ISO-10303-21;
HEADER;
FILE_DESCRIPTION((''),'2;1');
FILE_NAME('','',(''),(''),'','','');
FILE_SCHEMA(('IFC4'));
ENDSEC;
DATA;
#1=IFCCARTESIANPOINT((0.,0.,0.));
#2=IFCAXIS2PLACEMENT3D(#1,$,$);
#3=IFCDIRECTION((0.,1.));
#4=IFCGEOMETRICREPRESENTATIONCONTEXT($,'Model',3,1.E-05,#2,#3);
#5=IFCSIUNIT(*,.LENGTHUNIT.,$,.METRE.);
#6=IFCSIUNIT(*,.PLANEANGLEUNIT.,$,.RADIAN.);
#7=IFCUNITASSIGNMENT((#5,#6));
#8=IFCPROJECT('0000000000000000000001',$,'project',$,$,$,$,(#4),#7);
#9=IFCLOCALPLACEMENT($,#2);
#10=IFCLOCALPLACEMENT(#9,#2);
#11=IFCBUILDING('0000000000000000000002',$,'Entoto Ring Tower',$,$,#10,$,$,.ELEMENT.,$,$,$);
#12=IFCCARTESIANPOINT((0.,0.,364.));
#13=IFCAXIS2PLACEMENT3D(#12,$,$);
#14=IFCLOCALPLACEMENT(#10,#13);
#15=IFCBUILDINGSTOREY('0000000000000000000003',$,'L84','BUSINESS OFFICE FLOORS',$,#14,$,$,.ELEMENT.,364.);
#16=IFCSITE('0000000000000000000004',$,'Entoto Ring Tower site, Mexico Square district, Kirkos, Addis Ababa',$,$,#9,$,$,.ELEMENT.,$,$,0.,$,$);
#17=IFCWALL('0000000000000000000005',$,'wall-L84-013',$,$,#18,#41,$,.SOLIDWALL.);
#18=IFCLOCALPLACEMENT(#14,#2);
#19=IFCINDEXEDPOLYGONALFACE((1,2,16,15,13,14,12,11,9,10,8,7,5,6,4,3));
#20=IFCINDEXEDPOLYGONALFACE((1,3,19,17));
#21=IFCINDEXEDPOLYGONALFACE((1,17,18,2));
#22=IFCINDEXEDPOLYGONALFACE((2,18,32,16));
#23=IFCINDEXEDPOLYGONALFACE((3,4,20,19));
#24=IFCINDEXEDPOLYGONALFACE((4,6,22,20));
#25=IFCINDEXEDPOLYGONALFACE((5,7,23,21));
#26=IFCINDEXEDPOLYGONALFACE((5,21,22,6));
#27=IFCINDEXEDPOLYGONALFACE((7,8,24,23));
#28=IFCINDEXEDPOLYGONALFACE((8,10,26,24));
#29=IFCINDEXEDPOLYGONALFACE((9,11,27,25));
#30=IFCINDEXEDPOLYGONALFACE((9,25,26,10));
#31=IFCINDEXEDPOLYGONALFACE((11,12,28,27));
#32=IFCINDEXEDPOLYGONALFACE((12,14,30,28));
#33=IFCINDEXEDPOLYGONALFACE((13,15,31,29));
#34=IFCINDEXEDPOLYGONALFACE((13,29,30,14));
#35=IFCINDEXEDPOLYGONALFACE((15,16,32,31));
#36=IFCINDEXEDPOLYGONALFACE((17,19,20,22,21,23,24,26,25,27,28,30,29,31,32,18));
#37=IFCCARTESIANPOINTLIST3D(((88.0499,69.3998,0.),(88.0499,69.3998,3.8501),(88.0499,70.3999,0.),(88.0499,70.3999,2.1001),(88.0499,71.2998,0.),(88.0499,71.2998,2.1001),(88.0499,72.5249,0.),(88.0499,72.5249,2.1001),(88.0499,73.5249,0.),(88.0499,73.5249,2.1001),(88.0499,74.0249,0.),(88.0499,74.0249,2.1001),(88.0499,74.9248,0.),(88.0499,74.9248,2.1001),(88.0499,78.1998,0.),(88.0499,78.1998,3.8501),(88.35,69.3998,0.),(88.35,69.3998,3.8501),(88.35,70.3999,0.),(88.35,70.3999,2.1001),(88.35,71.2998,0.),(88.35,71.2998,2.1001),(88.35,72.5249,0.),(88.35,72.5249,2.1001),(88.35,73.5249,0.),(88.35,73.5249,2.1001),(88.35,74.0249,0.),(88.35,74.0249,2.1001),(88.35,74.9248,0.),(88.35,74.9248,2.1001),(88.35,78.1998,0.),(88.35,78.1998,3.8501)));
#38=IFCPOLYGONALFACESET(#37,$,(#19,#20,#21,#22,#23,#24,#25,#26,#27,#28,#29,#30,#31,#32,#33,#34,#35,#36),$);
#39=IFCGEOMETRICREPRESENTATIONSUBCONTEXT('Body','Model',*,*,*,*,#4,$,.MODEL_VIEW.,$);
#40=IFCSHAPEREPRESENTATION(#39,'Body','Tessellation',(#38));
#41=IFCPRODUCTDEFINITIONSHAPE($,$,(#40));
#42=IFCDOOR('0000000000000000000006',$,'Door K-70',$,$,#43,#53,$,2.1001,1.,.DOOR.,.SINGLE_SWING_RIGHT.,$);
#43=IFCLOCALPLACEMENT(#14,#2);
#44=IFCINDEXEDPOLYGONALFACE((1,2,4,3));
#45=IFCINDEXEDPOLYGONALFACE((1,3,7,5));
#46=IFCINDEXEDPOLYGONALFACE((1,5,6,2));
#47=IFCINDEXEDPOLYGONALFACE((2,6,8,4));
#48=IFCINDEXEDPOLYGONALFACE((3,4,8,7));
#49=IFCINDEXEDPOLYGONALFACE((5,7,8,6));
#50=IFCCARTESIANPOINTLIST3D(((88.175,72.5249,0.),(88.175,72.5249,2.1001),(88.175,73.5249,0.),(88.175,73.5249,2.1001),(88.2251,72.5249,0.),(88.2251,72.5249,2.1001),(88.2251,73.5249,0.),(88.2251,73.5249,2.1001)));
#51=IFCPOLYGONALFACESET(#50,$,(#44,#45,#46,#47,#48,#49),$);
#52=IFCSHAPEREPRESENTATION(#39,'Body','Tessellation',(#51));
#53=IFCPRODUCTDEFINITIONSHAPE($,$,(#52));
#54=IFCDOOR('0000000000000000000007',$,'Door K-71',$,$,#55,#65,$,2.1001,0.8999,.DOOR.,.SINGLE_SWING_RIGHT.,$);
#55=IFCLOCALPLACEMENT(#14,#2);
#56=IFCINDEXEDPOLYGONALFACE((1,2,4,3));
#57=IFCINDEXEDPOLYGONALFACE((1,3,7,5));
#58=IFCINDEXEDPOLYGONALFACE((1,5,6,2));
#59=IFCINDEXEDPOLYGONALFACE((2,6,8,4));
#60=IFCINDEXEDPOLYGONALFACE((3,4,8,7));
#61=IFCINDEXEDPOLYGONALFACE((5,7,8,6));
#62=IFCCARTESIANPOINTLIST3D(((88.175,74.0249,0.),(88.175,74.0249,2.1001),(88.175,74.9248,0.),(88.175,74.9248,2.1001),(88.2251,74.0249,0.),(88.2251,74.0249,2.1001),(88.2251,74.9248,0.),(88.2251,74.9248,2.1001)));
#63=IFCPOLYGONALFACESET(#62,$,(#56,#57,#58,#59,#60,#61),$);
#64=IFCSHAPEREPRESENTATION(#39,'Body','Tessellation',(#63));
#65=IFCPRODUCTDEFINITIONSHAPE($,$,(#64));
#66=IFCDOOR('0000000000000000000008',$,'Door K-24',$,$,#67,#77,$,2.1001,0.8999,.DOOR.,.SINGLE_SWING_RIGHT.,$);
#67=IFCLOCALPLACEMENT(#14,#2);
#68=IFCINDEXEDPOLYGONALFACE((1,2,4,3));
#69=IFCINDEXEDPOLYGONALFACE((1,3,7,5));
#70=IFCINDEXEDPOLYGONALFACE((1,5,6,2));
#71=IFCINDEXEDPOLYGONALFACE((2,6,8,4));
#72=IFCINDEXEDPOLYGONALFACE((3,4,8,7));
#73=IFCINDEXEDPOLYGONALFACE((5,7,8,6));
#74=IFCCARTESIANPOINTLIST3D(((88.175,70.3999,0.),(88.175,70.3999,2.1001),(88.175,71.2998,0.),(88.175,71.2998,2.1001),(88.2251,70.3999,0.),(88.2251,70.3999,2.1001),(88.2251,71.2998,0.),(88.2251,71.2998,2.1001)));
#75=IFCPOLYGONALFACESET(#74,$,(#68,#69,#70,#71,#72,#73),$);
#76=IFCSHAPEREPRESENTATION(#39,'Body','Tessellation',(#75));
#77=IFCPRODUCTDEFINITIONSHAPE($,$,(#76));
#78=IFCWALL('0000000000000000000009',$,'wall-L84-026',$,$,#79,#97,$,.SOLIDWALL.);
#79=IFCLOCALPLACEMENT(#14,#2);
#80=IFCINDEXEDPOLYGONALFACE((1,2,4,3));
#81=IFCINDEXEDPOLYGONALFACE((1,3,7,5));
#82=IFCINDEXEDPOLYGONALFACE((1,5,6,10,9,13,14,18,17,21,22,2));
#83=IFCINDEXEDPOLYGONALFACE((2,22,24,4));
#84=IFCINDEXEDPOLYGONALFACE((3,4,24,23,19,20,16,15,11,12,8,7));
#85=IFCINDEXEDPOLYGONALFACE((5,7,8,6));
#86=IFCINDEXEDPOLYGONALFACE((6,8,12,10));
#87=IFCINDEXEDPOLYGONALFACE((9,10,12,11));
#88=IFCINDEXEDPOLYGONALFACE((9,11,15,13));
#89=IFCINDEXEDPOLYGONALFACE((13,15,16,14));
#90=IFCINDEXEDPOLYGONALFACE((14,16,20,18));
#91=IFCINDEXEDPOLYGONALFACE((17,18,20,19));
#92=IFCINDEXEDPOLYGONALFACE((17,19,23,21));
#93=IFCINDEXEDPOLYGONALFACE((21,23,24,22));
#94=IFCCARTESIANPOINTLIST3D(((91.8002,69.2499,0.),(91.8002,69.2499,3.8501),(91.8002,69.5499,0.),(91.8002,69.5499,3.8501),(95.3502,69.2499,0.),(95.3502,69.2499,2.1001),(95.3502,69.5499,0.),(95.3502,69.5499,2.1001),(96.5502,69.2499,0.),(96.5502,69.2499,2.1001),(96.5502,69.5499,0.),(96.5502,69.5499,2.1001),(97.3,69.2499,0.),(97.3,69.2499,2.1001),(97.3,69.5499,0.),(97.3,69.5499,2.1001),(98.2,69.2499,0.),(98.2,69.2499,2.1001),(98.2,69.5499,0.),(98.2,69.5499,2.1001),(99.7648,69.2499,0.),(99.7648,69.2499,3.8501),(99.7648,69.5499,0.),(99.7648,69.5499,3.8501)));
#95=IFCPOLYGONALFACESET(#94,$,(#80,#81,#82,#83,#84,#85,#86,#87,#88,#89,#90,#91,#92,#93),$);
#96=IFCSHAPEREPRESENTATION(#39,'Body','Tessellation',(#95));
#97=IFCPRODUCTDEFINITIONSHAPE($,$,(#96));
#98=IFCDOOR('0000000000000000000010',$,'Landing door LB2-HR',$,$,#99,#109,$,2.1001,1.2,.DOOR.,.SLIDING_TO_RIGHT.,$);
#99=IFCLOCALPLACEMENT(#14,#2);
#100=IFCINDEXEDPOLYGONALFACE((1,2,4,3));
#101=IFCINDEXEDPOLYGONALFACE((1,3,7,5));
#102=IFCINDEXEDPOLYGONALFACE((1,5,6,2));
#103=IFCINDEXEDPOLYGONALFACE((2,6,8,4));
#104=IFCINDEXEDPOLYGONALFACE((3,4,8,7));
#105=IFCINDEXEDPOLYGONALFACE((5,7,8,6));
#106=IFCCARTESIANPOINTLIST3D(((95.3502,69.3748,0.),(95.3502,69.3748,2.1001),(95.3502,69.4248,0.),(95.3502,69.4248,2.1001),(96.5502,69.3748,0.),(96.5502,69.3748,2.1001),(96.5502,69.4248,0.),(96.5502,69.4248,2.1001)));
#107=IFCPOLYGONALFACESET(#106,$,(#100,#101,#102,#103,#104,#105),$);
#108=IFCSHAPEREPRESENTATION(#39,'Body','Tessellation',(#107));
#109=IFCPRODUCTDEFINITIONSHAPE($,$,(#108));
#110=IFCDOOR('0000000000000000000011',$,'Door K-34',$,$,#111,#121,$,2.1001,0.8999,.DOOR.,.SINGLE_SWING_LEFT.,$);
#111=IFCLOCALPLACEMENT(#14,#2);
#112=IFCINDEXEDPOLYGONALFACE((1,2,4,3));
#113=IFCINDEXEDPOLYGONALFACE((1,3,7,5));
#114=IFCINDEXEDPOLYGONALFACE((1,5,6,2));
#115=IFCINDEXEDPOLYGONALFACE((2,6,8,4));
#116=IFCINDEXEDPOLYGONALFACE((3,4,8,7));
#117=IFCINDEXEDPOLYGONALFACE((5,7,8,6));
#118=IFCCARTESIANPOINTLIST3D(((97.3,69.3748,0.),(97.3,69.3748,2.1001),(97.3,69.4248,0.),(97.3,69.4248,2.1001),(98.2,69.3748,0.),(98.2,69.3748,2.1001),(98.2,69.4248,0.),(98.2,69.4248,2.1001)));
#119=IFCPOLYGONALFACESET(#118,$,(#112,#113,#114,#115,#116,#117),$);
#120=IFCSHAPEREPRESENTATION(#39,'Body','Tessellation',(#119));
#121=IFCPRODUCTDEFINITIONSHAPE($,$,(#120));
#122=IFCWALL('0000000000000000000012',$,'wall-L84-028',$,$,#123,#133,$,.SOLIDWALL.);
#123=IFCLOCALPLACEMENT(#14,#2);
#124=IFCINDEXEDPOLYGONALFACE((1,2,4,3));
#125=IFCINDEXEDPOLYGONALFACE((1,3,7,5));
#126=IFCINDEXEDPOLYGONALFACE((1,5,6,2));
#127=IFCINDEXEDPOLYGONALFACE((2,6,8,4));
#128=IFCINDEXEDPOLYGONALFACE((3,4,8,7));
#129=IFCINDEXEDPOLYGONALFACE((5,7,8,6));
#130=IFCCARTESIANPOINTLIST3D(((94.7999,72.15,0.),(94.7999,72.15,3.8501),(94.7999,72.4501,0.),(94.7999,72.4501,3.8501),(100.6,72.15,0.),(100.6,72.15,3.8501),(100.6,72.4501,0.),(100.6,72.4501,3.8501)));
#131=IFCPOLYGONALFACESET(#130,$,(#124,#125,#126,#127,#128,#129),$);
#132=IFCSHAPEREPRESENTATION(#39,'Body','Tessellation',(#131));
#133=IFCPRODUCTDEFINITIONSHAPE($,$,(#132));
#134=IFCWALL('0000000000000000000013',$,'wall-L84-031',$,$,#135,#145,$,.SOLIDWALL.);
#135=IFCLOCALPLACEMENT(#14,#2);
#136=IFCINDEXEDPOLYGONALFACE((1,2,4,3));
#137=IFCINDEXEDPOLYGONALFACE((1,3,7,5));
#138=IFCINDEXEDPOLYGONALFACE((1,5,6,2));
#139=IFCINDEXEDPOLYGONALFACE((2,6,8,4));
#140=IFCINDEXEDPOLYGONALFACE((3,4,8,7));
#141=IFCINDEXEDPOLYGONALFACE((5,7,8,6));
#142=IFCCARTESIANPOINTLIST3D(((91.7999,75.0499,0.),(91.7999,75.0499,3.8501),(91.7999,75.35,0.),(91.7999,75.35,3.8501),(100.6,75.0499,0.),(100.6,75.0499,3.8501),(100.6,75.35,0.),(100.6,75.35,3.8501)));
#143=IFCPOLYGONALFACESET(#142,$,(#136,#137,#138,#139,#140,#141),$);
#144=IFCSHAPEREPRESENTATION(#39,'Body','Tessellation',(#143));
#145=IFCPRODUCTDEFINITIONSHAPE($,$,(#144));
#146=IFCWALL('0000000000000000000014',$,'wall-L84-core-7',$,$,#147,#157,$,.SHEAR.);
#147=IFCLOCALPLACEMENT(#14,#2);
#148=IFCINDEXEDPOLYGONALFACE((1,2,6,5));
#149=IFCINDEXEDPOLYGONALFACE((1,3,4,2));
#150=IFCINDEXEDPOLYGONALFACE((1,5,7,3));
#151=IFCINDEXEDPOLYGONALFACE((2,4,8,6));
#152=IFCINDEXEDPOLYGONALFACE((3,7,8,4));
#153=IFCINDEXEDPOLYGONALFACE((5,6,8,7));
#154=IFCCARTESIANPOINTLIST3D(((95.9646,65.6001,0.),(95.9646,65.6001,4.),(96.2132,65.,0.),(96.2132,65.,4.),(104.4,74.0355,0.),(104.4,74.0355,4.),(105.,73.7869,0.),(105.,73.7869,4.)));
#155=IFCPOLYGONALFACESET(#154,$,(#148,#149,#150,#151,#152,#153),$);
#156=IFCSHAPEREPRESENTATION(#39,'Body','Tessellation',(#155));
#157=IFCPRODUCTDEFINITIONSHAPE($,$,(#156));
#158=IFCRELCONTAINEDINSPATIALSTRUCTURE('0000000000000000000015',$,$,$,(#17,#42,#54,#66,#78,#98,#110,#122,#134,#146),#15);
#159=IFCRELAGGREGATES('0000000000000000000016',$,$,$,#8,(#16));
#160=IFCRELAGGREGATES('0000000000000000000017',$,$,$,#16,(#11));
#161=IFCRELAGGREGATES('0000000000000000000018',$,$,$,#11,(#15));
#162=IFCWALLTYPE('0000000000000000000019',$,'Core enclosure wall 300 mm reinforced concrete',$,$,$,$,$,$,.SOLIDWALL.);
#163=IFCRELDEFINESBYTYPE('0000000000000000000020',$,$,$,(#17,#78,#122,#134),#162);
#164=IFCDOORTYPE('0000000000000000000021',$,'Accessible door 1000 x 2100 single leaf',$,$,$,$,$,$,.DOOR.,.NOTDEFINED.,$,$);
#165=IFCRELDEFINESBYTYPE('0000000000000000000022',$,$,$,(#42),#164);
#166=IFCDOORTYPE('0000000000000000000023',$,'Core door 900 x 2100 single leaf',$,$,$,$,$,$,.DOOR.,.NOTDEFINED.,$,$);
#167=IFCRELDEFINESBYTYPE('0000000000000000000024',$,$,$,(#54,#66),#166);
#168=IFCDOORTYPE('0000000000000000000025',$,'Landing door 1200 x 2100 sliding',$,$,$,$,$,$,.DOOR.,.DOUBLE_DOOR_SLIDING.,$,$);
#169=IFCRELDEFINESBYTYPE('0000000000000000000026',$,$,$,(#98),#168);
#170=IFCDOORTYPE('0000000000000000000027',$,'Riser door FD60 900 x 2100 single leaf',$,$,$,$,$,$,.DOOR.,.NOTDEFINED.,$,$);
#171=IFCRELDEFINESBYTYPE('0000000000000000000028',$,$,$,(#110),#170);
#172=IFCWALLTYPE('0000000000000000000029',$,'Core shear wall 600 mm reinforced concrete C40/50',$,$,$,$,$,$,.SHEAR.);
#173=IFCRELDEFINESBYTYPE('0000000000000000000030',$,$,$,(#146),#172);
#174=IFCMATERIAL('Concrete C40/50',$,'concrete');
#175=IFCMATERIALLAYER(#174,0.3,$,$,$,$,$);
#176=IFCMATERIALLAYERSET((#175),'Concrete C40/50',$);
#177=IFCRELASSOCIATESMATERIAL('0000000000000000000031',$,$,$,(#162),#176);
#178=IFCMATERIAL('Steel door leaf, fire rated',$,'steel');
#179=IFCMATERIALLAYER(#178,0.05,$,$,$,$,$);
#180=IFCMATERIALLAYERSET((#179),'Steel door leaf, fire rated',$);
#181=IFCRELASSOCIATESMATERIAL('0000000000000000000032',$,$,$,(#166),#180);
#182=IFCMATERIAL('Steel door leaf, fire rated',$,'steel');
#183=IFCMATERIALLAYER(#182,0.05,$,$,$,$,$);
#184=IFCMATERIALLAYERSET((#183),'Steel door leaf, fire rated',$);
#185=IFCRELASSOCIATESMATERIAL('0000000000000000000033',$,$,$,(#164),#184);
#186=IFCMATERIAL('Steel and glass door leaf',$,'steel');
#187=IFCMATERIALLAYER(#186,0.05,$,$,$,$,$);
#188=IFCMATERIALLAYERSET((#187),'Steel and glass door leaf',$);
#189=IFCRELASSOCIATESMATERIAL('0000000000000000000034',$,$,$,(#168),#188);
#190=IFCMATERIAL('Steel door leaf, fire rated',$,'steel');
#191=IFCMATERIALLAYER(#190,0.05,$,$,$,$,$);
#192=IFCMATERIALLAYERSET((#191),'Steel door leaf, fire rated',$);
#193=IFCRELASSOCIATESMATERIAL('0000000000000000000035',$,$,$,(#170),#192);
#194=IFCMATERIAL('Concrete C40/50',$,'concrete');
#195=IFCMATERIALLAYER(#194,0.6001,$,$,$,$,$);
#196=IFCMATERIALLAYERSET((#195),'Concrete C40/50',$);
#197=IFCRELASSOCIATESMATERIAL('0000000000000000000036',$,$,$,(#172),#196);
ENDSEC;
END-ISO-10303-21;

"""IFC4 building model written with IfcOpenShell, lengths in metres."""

from ifc_helpers import new_model, si_unit, direction, frame, frame_2d, origin, place, context, subcontext, project, spatial, polyline, rectangle, outline, extrude, material, layer, layer_set, type_object, element, fill, save


model = new_model("IFC4")

# Units and contexts
model_context = context("Model", 3, precision=1e-05, world=origin(), true_north=direction((0.0, 1.0)))
body_context = subcontext(model_context, "Body", "Model", "MODEL_VIEW")
ifc_project = project(units=[si_unit("LENGTHUNIT", "METRE"), si_unit("PLANEANGLEUNIT", "RADIAN")], contexts=[model_context])

# Site, building, storey
site_placement = place(None, origin())
site = spatial("IfcSite", under=ifc_project, at=site_placement, Name="Entoto Ring Tower site, Mexico Square district, Kirkos, Addis Ababa", CompositionType="ELEMENT", RefElevation=0.0)
building_placement = place(site_placement, origin())
building = spatial("IfcBuilding", under=site, at=building_placement, Name="Entoto Ring Tower", CompositionType="ELEMENT")
storey_placement = place(building_placement, frame((0.0, 0.0, 364.0)))
storey = spatial("IfcBuildingStorey", under=building, at=storey_placement, Name="L84", Description="BUSINESS OFFICE FLOORS", CompositionType="ELEMENT", Elevation=364.0)

# Shared definitions
ifc_material_1 = material(Name="Concrete C40/50", Category="concrete")
ifc_layer_1 = layer(ifc_material_1, 0.3)
ifc_layer_set_1 = layer_set([ifc_layer_1], Name="Concrete C40/50")
wall_type_1 = type_object("IfcWallType", Name="Core enclosure wall 300 mm reinforced concrete", PredefinedType="SOLIDWALL", material=ifc_layer_set_1)

# Shared definitions
ifc_material_2 = material(Name="Steel door leaf, fire rated", Category="steel")
ifc_layer_2 = layer(ifc_material_2, 0.05)
ifc_layer_set_2 = layer_set([ifc_layer_2], Name="Steel door leaf, fire rated")
door_type_1 = type_object("IfcDoorType", Name="Core door 900 x 2100 single leaf", OperationType="NOTDEFINED", PredefinedType="DOOR", material=ifc_layer_set_2)

# Walls, openings, doors
wall_1_placement = place(storey_placement, frame((88.2, 69.3999, 0.0), z_axis=(0.0, 0.0, 1.0), x_axis=(0.0, 1.0, 0.0)))
wall_1 = element("IfcWall", 1, at=wall_1_placement, inside=storey, type_object=wall_type_1, Name="wall-L84-013", PredefinedType="SOLIDWALL", context=body_context, shape_type="SweptSolid", body=[
    extrude(rectangle(XDim=8.8, YDim=0.3, at=frame_2d((4.3999, 0.0))), origin(), (0.0, 0.0, 1.0), 3.8501),
])
opening_1_placement = place(wall_1_placement, frame((3.125, 0.0, 0.0)))
opening_1 = element("IfcOpeningElement", 2, at=opening_1_placement, cuts=wall_1, PredefinedType="OPENING", context=body_context, shape_type="SweptSolid", body=[
    extrude(rectangle(XDim=1.0, YDim=2.1001, at=frame_2d((0.5, 1.05))), frame((0.0, 0.1602, 0.0), z_axis=(0.0, -1.0, 0.0), x_axis=(1.0, 0.0, 0.0)), (0.0, 0.0, 1.0), 0.3201),
])
opening_2_placement = place(wall_1_placement, frame((4.625, 0.0, 0.0)))
opening_2 = element("IfcOpeningElement", 3, at=opening_2_placement, cuts=wall_1, PredefinedType="OPENING", context=body_context, shape_type="SweptSolid", body=[
    extrude(rectangle(XDim=0.8999, YDim=2.1001, at=frame_2d((0.45, 1.05))), frame((0.0, 0.1602, 0.0), z_axis=(0.0, -1.0, 0.0), x_axis=(1.0, 0.0, 0.0)), (0.0, 0.0, 1.0), 0.3201),
])
opening_3_placement = place(wall_1_placement, frame((1.0, 0.0, 0.0)))
opening_3 = element("IfcOpeningElement", 4, at=opening_3_placement, cuts=wall_1, PredefinedType="OPENING", context=body_context, shape_type="SweptSolid", body=[
    extrude(rectangle(XDim=0.8999, YDim=2.1001, at=frame_2d((0.45, 1.05))), frame((0.0, 0.1602, 0.0), z_axis=(0.0, -1.0, 0.0), x_axis=(1.0, 0.0, 0.0)), (0.0, 0.0, 1.0), 0.3201),
])
ifc_material_3 = material(Name="Steel door leaf, fire rated", Category="steel")
ifc_layer_3 = layer(ifc_material_3, 0.05)
ifc_layer_set_3 = layer_set([ifc_layer_3], Name="Steel door leaf, fire rated")
door_type_2 = type_object("IfcDoorType", Name="Accessible door 1000 x 2100 single leaf", OperationType="NOTDEFINED", PredefinedType="DOOR", material=ifc_layer_set_3)
door_1_placement = place(opening_1_placement, origin())
door_1 = element("IfcDoor", 5, at=door_1_placement, inside=storey, type_object=door_type_2, Name="Door K-70", OperationType="SINGLE_SWING_RIGHT", OverallHeight=2.1001, OverallWidth=1.0, PredefinedType="DOOR", context=body_context, shape_type="SweptSolid", body=[
    extrude(rectangle(XDim=1.0, YDim=2.1001, at=frame_2d((0.5, 1.05))), frame((0.0, 0.0249, 0.0), z_axis=(0.0, -1.0, 0.0), x_axis=(1.0, 0.0, 0.0)), (0.0, 0.0, 1.0), 0.05),
])
fill(opening_1, door_1)
door_2_placement = place(opening_2_placement, origin())
door_2 = element("IfcDoor", 6, at=door_2_placement, inside=storey, type_object=door_type_1, Name="Door K-71", OperationType="SINGLE_SWING_RIGHT", OverallHeight=2.1001, OverallWidth=0.8999, PredefinedType="DOOR", context=body_context, shape_type="SweptSolid", body=[
    extrude(rectangle(XDim=0.8999, YDim=2.1001, at=frame_2d((0.45, 1.05))), frame((0.0, 0.0249, 0.0), z_axis=(0.0, -1.0, 0.0), x_axis=(1.0, 0.0, 0.0)), (0.0, 0.0, 1.0), 0.05),
])
fill(opening_2, door_2)
door_3_placement = place(opening_3_placement, origin())
door_3 = element("IfcDoor", 7, at=door_3_placement, inside=storey, type_object=door_type_1, Name="Door K-24", OperationType="SINGLE_SWING_RIGHT", OverallHeight=2.1001, OverallWidth=0.8999, PredefinedType="DOOR", context=body_context, shape_type="SweptSolid", body=[
    extrude(rectangle(XDim=0.8999, YDim=2.1001, at=frame_2d((0.45, 1.05))), frame((0.0, 0.0249, 0.0), z_axis=(0.0, -1.0, 0.0), x_axis=(1.0, 0.0, 0.0)), (0.0, 0.0, 1.0), 0.05),
])
fill(opening_3, door_3)
wall_2_placement = place(storey_placement, frame((91.8, 69.3999, 0.0), z_axis=(0.0, 0.0, 1.0), x_axis=(1.0, 0.0, 0.0)))
wall_2 = element("IfcWall", 8, at=wall_2_placement, inside=storey, type_object=wall_type_1, Name="wall-L84-026", PredefinedType="SOLIDWALL", context=body_context, shape_type="SweptSolid", body=[
    extrude(rectangle(XDim=7.9646, YDim=0.3, at=frame_2d((3.9824, 0.0))), origin(), (0.0, 0.0, 1.0), 3.8501),
])
opening_4_placement = place(wall_2_placement, frame((3.55, 0.0, 0.0)))
opening_4 = element("IfcOpeningElement", 9, at=opening_4_placement, cuts=wall_2, PredefinedType="OPENING", context=body_context, shape_type="SweptSolid", body=[
    extrude(rectangle(XDim=1.2, YDim=2.1001, at=frame_2d((0.6001, 1.05))), frame((0.0, 0.1602, 0.0), z_axis=(0.0, -1.0, 0.0), x_axis=(1.0, 0.0, 0.0)), (0.0, 0.0, 1.0), 0.3201),
])
opening_5_placement = place(wall_2_placement, frame((5.5, 0.0, 0.0)))
opening_5 = element("IfcOpeningElement", 10, at=opening_5_placement, cuts=wall_2, PredefinedType="OPENING", context=body_context, shape_type="SweptSolid", body=[
    extrude(rectangle(XDim=0.8999, YDim=2.1001, at=frame_2d((0.45, 1.05))), frame((0.0, 0.1602, 0.0), z_axis=(0.0, -1.0, 0.0), x_axis=(1.0, 0.0, 0.0)), (0.0, 0.0, 1.0), 0.3201),
])
ifc_material_4 = material(Name="Steel and glass door leaf", Category="steel")
ifc_layer_4 = layer(ifc_material_4, 0.05)
ifc_layer_set_4 = layer_set([ifc_layer_4], Name="Steel and glass door leaf")
door_type_3 = type_object("IfcDoorType", Name="Landing door 1200 x 2100 sliding", OperationType="DOUBLE_DOOR_SLIDING", PredefinedType="DOOR", material=ifc_layer_set_4)
door_4_placement = place(opening_4_placement, origin())
door_4 = element("IfcDoor", 11, at=door_4_placement, inside=storey, type_object=door_type_3, Name="Landing door LB2-HR", OperationType="SLIDING_TO_RIGHT", OverallHeight=2.1001, OverallWidth=1.2, PredefinedType="DOOR", context=body_context, shape_type="SweptSolid", body=[
    extrude(rectangle(XDim=1.2, YDim=2.1001, at=frame_2d((0.6001, 1.05))), frame((0.0, 0.0249, 0.0), z_axis=(0.0, -1.0, 0.0), x_axis=(1.0, 0.0, 0.0)), (0.0, 0.0, 1.0), 0.05),
])
fill(opening_4, door_4)
ifc_material_5 = material(Name="Steel door leaf, fire rated", Category="steel")
ifc_layer_5 = layer(ifc_material_5, 0.05)
ifc_layer_set_5 = layer_set([ifc_layer_5], Name="Steel door leaf, fire rated")
door_type_4 = type_object("IfcDoorType", Name="Riser door FD60 900 x 2100 single leaf", OperationType="NOTDEFINED", PredefinedType="DOOR", material=ifc_layer_set_5)
door_5_placement = place(opening_5_placement, origin())
door_5 = element("IfcDoor", 12, at=door_5_placement, inside=storey, type_object=door_type_4, Name="Door K-34", OperationType="SINGLE_SWING_LEFT", OverallHeight=2.1001, OverallWidth=0.8999, PredefinedType="DOOR", context=body_context, shape_type="SweptSolid", body=[
    extrude(rectangle(XDim=0.8999, YDim=2.1001, at=frame_2d((0.45, 1.05))), frame((0.0, 0.0249, 0.0), z_axis=(0.0, -1.0, 0.0), x_axis=(1.0, 0.0, 0.0)), (0.0, 0.0, 1.0), 0.05),
])
fill(opening_5, door_5)

# Walls
wall_3_placement = place(storey_placement, frame((94.8, 72.3, 0.0), z_axis=(0.0, 0.0, 1.0), x_axis=(1.0, 0.0, 0.0)))
element("IfcWall", 13, at=wall_3_placement, inside=storey, type_object=wall_type_1, Name="wall-L84-028", PredefinedType="SOLIDWALL", context=body_context, shape_type="SweptSolid", body=[
    extrude(rectangle(XDim=5.8, YDim=0.3, at=frame_2d((2.8999, 0.0))), origin(), (0.0, 0.0, 1.0), 3.8501),
])
wall_4_placement = place(storey_placement, frame((91.8, 75.2, 0.0), z_axis=(0.0, 0.0, 1.0), x_axis=(1.0, 0.0, 0.0)))
element("IfcWall", 14, at=wall_4_placement, inside=storey, type_object=wall_type_1, Name="wall-L84-031", PredefinedType="SOLIDWALL", context=body_context, shape_type="SweptSolid", body=[
    extrude(rectangle(XDim=8.8, YDim=0.3, at=frame_2d((4.3999, 0.0))), origin(), (0.0, 0.0, 1.0), 3.8501),
])
ifc_material_6 = material(Name="Concrete C40/50", Category="concrete")
ifc_layer_6 = layer(ifc_material_6, 0.6001)
ifc_layer_set_6 = layer_set([ifc_layer_6], Name="Concrete C40/50")
wall_type_2 = type_object("IfcWallType", Name="Core shear wall 600 mm reinforced concrete C40/50", PredefinedType="SHEAR", material=ifc_layer_set_6)
wall_5_placement = place(storey_placement, frame((96.0889, 65.3, 0.0), z_axis=(0.0, 0.0, 1.0), x_axis=(0.707107, 0.707107, 0.0)))
element("IfcWall", 15, at=wall_5_placement, inside=storey, type_object=wall_type_2, Name="wall-L84-core-7", PredefinedType="SHEAR", context=body_context, shape_type="SweptSolid", body=[
    extrude(outline(polyline([(-0.1243, -0.3), (12.3022, -0.3), (12.0537, 0.3), (0.1243, 0.3), (-0.1243, -0.3)])), origin(), (0.0, 0.0, 1.0), 4.0),
])

save(model, "model.ifc")
